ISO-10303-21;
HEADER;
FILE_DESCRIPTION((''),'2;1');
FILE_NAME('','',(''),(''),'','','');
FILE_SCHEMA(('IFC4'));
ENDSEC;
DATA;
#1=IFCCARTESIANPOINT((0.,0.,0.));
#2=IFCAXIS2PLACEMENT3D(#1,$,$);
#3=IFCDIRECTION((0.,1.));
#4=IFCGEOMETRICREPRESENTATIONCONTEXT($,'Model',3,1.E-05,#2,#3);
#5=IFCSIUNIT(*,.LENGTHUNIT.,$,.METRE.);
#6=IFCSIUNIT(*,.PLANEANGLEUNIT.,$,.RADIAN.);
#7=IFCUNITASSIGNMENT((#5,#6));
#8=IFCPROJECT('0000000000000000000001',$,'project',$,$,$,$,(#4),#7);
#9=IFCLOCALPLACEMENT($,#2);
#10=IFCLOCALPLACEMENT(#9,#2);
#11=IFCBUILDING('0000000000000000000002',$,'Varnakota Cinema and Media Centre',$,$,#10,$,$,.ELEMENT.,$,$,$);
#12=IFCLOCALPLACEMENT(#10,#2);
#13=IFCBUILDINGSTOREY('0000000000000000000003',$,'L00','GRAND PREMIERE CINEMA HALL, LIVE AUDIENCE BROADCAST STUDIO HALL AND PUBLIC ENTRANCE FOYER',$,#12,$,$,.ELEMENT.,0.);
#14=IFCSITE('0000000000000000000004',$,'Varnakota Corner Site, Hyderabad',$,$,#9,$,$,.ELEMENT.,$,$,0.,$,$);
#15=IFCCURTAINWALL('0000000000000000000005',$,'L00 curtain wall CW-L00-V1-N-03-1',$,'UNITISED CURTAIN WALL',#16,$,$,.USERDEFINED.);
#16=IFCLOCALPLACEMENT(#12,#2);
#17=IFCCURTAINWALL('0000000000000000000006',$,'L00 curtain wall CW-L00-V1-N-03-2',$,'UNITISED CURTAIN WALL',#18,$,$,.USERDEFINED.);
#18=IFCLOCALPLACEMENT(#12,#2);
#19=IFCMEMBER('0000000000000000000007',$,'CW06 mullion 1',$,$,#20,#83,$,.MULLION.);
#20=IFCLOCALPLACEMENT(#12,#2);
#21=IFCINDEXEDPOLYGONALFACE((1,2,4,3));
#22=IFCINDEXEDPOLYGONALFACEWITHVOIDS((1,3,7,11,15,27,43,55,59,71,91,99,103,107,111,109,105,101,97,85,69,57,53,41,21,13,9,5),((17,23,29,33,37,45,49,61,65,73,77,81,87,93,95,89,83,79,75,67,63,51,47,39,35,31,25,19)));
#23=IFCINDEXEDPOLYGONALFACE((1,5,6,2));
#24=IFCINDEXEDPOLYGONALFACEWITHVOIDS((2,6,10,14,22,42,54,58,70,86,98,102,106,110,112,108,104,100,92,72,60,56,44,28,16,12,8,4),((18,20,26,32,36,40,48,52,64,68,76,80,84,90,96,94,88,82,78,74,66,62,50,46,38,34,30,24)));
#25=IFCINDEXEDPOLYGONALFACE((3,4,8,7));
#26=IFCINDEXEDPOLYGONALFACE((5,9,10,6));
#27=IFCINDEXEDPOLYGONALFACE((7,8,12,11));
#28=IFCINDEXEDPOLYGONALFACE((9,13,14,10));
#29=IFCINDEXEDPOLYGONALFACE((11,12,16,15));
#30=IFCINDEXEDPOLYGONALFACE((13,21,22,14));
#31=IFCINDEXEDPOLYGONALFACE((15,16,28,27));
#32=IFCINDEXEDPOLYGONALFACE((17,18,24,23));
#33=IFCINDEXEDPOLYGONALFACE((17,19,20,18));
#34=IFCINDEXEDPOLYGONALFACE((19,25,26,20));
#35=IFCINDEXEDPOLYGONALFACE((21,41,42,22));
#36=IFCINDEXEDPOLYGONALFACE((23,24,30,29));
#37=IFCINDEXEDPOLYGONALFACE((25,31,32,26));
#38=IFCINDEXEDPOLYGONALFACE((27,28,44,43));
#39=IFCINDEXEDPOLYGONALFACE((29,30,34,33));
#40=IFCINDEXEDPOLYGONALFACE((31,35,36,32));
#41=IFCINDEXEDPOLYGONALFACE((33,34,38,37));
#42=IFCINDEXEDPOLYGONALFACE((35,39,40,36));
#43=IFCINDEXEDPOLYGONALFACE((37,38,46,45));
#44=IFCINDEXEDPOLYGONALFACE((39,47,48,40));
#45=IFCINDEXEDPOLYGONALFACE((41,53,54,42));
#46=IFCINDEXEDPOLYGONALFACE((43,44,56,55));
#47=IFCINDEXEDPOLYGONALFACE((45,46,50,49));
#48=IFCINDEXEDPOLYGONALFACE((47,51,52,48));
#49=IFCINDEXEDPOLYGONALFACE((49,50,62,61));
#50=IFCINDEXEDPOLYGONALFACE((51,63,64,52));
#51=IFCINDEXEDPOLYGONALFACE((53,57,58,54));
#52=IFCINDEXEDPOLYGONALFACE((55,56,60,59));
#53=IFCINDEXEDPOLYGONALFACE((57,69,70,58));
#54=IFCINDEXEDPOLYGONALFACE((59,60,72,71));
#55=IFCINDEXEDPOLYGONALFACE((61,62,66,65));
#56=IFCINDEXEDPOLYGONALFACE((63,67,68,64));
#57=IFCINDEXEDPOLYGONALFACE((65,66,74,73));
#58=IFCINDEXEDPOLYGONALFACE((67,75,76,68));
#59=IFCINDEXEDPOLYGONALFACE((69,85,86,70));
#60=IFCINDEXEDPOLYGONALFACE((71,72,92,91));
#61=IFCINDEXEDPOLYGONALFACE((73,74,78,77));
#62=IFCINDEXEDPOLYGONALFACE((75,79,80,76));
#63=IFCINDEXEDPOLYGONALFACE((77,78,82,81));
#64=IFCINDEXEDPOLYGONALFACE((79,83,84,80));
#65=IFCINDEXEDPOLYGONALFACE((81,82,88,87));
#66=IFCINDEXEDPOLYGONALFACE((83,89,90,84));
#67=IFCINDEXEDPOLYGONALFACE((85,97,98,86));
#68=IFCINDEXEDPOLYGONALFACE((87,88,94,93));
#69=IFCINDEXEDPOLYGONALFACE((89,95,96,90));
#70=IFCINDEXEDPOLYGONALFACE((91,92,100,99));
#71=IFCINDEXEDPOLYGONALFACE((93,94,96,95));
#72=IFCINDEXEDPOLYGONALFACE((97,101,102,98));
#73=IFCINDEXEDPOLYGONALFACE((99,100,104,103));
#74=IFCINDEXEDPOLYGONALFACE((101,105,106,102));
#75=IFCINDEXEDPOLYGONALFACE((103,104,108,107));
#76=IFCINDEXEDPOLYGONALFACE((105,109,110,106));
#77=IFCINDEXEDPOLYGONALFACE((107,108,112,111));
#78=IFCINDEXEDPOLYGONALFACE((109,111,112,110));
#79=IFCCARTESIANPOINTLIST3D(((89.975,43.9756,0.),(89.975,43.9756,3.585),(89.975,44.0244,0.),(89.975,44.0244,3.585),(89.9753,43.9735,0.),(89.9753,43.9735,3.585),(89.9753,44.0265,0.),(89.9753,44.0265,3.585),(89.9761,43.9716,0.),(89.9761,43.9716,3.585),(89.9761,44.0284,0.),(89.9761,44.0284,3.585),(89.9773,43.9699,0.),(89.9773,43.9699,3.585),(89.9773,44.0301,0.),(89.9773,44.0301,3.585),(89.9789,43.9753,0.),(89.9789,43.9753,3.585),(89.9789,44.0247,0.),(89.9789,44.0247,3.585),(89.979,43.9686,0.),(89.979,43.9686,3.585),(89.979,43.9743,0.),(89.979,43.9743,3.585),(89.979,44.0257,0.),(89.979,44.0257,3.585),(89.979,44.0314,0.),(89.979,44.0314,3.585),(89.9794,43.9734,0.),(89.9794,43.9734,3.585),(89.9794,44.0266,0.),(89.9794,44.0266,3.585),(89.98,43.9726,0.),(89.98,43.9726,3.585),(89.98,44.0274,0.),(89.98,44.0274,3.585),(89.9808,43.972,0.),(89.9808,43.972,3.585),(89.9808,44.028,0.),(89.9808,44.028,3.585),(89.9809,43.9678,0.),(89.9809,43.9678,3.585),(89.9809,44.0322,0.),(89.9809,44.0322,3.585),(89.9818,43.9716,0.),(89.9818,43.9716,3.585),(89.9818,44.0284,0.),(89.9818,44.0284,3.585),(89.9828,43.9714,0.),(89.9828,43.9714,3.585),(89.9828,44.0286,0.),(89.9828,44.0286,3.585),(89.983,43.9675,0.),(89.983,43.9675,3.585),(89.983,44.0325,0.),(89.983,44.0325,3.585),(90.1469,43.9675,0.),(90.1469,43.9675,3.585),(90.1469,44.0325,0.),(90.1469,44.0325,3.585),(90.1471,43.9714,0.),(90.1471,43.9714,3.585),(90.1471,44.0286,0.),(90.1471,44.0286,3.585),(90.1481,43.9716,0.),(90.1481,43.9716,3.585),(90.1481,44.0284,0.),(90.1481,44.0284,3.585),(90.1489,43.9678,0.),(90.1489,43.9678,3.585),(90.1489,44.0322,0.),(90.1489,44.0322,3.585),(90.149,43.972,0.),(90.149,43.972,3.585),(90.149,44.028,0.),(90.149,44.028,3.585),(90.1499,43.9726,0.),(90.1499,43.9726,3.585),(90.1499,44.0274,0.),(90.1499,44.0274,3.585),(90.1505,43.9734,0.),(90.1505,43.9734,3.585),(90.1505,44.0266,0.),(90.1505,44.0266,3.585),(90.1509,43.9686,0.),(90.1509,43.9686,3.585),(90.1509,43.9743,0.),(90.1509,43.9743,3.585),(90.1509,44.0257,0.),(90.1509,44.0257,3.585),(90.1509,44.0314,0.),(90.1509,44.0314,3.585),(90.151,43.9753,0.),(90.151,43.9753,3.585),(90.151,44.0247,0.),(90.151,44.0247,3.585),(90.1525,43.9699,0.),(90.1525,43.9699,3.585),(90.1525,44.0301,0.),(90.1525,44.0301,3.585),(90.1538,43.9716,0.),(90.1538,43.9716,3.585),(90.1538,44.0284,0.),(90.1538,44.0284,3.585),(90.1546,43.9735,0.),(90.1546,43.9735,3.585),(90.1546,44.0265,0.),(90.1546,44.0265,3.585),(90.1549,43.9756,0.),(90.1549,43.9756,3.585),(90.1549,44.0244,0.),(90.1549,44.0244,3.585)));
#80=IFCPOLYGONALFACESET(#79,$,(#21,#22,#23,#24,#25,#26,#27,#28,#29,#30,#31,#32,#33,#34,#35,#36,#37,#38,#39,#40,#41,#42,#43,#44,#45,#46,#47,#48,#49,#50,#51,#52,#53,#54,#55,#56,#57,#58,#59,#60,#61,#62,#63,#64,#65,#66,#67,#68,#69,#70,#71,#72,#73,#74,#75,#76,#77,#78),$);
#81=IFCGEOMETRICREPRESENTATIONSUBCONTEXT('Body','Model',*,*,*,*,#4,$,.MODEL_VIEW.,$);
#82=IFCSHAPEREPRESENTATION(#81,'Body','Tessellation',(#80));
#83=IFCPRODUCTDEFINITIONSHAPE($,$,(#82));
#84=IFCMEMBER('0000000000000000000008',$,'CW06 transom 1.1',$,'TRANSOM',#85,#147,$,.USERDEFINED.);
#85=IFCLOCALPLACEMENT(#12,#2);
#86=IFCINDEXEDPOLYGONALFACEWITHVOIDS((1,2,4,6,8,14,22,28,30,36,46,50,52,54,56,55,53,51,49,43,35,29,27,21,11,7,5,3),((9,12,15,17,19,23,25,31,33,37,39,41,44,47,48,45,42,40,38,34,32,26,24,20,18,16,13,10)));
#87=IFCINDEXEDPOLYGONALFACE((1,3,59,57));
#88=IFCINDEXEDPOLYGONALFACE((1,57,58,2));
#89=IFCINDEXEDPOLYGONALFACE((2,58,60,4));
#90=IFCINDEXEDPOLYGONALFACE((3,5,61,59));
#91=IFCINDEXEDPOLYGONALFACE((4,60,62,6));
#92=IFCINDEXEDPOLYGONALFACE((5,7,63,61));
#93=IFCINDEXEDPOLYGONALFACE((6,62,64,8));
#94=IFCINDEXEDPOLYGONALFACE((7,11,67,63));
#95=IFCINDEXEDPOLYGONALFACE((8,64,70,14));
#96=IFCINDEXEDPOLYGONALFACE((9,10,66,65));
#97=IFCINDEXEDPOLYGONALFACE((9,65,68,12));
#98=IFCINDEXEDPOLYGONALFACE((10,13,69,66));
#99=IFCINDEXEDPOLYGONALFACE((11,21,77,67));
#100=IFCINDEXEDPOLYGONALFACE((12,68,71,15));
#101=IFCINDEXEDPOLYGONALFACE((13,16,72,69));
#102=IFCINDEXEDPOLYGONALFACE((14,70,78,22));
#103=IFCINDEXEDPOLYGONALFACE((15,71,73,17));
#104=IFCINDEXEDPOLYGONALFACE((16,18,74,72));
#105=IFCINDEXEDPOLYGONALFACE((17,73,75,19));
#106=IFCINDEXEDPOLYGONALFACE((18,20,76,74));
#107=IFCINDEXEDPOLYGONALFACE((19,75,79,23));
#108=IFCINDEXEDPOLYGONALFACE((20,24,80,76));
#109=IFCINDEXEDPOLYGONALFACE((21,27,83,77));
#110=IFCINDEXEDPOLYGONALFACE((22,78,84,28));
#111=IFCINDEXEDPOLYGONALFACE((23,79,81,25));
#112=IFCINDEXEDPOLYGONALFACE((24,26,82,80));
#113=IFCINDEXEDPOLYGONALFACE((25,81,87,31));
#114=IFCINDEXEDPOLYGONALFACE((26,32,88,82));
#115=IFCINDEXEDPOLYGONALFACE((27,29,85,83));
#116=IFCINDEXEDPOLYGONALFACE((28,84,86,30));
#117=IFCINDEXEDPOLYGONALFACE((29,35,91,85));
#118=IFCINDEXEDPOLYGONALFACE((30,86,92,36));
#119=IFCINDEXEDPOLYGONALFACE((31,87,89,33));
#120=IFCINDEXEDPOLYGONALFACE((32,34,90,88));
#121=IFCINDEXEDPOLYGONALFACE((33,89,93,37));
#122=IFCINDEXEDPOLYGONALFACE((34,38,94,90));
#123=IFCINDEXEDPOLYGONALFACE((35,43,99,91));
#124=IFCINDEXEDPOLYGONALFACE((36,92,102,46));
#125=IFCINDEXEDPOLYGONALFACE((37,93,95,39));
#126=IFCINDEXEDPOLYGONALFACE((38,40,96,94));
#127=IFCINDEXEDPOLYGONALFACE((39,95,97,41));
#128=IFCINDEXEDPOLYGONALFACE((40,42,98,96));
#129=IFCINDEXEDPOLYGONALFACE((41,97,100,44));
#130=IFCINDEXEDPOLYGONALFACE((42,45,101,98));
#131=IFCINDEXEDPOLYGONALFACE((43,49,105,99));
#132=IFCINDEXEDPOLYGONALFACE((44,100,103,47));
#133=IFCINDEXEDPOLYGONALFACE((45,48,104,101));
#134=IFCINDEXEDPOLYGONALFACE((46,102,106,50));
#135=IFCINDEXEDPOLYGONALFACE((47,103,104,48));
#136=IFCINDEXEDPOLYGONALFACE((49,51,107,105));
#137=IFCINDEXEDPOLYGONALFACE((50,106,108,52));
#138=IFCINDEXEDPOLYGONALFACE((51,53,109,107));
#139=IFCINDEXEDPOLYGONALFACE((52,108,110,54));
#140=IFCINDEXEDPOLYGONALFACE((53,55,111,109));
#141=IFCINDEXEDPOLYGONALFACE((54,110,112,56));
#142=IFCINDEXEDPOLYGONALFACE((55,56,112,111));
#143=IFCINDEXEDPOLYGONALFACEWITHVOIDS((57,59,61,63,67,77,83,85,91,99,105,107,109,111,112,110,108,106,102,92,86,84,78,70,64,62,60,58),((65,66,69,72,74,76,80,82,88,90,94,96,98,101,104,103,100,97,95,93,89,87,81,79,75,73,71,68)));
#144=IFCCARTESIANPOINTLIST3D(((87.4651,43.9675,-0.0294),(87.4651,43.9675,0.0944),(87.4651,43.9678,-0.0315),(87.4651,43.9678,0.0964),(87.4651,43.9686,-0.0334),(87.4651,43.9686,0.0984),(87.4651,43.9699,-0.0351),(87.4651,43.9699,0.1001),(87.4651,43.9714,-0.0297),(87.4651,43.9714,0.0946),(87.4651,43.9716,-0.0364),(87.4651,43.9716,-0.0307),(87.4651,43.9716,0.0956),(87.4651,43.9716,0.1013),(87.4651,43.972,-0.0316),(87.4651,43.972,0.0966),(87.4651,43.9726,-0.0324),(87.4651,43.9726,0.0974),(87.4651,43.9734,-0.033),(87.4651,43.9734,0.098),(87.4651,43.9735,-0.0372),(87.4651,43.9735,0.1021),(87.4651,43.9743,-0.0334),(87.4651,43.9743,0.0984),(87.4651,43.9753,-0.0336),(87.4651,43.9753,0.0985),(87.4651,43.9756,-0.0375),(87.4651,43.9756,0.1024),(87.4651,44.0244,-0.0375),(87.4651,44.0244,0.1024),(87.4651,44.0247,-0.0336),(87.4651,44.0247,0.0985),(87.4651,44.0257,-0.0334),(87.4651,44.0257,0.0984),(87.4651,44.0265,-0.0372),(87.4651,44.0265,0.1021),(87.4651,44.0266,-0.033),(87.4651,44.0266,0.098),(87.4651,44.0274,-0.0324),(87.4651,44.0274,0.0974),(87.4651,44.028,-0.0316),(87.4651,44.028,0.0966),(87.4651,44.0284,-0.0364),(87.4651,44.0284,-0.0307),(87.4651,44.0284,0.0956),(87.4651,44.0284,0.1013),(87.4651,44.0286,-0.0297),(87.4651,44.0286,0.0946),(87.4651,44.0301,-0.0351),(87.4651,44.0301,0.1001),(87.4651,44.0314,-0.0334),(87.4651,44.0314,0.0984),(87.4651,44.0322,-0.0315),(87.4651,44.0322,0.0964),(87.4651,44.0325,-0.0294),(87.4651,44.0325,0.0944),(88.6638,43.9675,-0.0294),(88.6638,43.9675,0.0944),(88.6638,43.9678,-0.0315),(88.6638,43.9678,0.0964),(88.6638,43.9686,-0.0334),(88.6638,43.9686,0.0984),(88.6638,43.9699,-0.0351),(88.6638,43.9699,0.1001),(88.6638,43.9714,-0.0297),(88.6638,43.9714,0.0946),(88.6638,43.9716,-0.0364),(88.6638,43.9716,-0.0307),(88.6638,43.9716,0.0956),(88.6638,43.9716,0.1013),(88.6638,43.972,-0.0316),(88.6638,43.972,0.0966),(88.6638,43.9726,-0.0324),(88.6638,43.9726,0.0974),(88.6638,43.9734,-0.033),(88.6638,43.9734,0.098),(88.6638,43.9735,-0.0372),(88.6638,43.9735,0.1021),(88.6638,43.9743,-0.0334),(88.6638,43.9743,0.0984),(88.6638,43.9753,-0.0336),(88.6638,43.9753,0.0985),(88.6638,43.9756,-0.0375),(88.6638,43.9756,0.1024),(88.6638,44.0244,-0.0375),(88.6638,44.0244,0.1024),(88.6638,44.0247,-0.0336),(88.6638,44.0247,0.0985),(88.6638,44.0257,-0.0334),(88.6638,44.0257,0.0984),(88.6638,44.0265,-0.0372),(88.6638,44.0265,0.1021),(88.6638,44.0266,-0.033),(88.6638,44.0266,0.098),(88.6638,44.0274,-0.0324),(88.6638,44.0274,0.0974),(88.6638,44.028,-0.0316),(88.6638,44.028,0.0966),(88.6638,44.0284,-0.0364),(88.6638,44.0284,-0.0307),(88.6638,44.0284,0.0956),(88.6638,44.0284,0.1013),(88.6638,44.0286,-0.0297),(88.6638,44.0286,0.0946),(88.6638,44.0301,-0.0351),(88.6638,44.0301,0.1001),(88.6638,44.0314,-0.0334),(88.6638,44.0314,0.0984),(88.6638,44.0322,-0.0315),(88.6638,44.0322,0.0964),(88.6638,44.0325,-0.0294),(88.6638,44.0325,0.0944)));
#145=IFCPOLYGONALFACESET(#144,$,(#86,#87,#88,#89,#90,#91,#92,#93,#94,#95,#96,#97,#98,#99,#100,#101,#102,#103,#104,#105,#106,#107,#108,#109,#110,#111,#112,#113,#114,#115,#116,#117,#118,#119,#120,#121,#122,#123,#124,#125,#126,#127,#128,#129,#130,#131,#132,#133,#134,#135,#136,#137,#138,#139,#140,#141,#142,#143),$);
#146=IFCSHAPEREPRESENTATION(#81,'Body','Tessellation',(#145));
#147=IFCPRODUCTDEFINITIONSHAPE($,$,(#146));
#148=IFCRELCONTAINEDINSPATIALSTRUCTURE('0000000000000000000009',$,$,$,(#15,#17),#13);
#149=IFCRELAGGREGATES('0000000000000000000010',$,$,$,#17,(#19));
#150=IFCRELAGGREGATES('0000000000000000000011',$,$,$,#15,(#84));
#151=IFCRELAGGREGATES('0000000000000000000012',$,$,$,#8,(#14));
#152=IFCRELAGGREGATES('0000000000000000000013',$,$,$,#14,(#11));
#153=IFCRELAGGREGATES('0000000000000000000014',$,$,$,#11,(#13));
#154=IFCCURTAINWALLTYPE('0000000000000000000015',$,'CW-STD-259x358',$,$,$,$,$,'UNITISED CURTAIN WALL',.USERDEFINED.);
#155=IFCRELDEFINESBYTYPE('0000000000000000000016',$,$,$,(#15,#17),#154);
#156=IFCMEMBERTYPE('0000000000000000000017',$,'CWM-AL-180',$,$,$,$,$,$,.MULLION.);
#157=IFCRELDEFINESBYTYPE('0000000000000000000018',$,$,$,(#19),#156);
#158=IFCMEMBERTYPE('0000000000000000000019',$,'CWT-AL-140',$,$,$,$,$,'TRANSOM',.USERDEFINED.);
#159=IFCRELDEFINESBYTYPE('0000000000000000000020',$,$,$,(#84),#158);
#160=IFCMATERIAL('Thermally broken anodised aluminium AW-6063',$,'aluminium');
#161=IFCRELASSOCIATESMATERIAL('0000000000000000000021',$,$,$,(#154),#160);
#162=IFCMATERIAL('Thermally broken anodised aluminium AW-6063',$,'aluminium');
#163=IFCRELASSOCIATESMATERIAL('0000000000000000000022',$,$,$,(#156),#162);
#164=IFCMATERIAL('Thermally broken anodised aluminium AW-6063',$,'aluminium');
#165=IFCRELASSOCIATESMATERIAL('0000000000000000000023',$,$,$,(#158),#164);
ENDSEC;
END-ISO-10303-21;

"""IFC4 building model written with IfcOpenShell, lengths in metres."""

from ifc_helpers import new_model, si_unit, direction, frame, origin, origin_2d, place, context, subcontext, project, spatial, hollow_rectangle, extrude, material, material_profile, profile_set, type_object, element, aggregate, save


model = new_model("IFC4")

# Units and contexts
model_context = context("Model", 3, precision=1e-05, world=origin(), true_north=direction((0.0, 1.0)))
body_context = subcontext(model_context, "Body", "Model", "MODEL_VIEW")
ifc_project = project(units=[si_unit("LENGTHUNIT", "METRE"), si_unit("PLANEANGLEUNIT", "RADIAN")], contexts=[model_context])

# Site, building, storey
site_placement = place(None, origin())
site = spatial("IfcSite", under=ifc_project, at=site_placement, Name="Varnakota Corner Site, Hyderabad", CompositionType="ELEMENT", RefElevation=0.0)
building_placement = place(site_placement, origin())
building = spatial("IfcBuilding", under=site, at=building_placement, Name="Varnakota Cinema and Media Centre", CompositionType="ELEMENT")
storey_placement = place(building_placement, origin())
storey = spatial("IfcBuildingStorey", under=building, at=storey_placement, Name="L00", Description="GRAND PREMIERE CINEMA HALL, LIVE AUDIENCE BROADCAST STUDIO HALL AND PUBLIC ENTRANCE FOYER", CompositionType="ELEMENT", Elevation=0.0)

# Curtain wall
ifc_material_1 = material(Name="Thermally broken anodised aluminium AW-6063", Category="aluminium")
curtain_wall_type = type_object("IfcCurtainWallType", Name="CW-STD-259x358", ElementType="UNITISED CURTAIN WALL", PredefinedType="USERDEFINED", material=ifc_material_1)
curtain_wall_1_placement = place(storey_placement, origin())
curtain_wall_1 = element("IfcCurtainWall", 1, at=curtain_wall_1_placement, inside=storey, type_object=curtain_wall_type, Name="L00 curtain wall CW-L00-V1-N-03-1", ObjectType="UNITISED CURTAIN WALL", PredefinedType="USERDEFINED")
ifc_material_2 = material(Name="Thermally broken anodised aluminium AW-6063", Category="aluminium")
ifc_material_profile_1 = material_profile(ifc_material_2, hollow_rectangle(XDim=0.0649, YDim=0.1799, WallThickness=0.0039, InnerFilletRadius=0.0039, OuterFilletRadius=0.0081, at=origin_2d()), Name="AL-MULLION 180x65x4")
ifc_profile_set_1 = profile_set([ifc_material_profile_1], Name="Thermally broken anodised aluminium AW-6063")
member_type_1 = type_object("IfcMemberType", Name="CWM-AL-180", PredefinedType="MULLION", material=ifc_profile_set_1)

# Curtain wall, member
curtain_wall_2_placement = place(storey_placement, origin())
curtain_wall_2 = element("IfcCurtainWall", 2, at=curtain_wall_2_placement, inside=storey, type_object=curtain_wall_type, Name="L00 curtain wall CW-L00-V1-N-03-2", ObjectType="UNITISED CURTAIN WALL", PredefinedType="USERDEFINED")
member_1_placement = place(storey_placement, frame((90.0649, 44.0, 0.0), z_axis=(0.0, 0.0, 1.0), x_axis=(0.0, 1.0, 0.0)))
member_1 = element("IfcMember", 3, at=member_1_placement, type_object=member_type_1, Name="CW06 mullion 1", PredefinedType="MULLION", context=body_context, shape_type="SweptSolid", body=[
    extrude(hollow_rectangle(XDim=0.0649, YDim=0.1799, WallThickness=0.0039, InnerFilletRadius=0.0039, OuterFilletRadius=0.0081, at=origin_2d()), origin(), (0.0, 0.0, 1.0), 3.585),
])

# Member
ifc_material_3 = material(Name="Thermally broken anodised aluminium AW-6063", Category="aluminium")
ifc_material_profile_2 = material_profile(ifc_material_3, hollow_rectangle(XDim=0.0649, YDim=0.1399, WallThickness=0.0039, InnerFilletRadius=0.0039, OuterFilletRadius=0.0081, at=origin_2d()), Name="AL-TRANSOM 140x65x4")
ifc_profile_set_2 = profile_set([ifc_material_profile_2], Name="Thermally broken anodised aluminium AW-6063")
member_type_2 = type_object("IfcMemberType", Name="CWT-AL-140", ElementType="TRANSOM", PredefinedType="USERDEFINED", material=ifc_profile_set_2)
member_2_placement = place(storey_placement, frame((87.4651, 44.0, 0.0325), z_axis=(1.0, 0.0, 0.0), x_axis=(0.0, 1.0, 0.0)))
member_2 = element("IfcMember", 4, at=member_2_placement, type_object=member_type_2, Name="CW06 transom 1.1", ObjectType="TRANSOM", PredefinedType="USERDEFINED", context=body_context, shape_type="SweptSolid", body=[
    extrude(hollow_rectangle(XDim=0.0649, YDim=0.1399, WallThickness=0.0039, InnerFilletRadius=0.0039, OuterFilletRadius=0.0081, at=origin_2d()), origin(), (0.0, 0.0, 1.0), 1.1987),
])
aggregate(curtain_wall_2, [member_1])

aggregate(curtain_wall_1, [member_2])

save(model, "model.ifc")
